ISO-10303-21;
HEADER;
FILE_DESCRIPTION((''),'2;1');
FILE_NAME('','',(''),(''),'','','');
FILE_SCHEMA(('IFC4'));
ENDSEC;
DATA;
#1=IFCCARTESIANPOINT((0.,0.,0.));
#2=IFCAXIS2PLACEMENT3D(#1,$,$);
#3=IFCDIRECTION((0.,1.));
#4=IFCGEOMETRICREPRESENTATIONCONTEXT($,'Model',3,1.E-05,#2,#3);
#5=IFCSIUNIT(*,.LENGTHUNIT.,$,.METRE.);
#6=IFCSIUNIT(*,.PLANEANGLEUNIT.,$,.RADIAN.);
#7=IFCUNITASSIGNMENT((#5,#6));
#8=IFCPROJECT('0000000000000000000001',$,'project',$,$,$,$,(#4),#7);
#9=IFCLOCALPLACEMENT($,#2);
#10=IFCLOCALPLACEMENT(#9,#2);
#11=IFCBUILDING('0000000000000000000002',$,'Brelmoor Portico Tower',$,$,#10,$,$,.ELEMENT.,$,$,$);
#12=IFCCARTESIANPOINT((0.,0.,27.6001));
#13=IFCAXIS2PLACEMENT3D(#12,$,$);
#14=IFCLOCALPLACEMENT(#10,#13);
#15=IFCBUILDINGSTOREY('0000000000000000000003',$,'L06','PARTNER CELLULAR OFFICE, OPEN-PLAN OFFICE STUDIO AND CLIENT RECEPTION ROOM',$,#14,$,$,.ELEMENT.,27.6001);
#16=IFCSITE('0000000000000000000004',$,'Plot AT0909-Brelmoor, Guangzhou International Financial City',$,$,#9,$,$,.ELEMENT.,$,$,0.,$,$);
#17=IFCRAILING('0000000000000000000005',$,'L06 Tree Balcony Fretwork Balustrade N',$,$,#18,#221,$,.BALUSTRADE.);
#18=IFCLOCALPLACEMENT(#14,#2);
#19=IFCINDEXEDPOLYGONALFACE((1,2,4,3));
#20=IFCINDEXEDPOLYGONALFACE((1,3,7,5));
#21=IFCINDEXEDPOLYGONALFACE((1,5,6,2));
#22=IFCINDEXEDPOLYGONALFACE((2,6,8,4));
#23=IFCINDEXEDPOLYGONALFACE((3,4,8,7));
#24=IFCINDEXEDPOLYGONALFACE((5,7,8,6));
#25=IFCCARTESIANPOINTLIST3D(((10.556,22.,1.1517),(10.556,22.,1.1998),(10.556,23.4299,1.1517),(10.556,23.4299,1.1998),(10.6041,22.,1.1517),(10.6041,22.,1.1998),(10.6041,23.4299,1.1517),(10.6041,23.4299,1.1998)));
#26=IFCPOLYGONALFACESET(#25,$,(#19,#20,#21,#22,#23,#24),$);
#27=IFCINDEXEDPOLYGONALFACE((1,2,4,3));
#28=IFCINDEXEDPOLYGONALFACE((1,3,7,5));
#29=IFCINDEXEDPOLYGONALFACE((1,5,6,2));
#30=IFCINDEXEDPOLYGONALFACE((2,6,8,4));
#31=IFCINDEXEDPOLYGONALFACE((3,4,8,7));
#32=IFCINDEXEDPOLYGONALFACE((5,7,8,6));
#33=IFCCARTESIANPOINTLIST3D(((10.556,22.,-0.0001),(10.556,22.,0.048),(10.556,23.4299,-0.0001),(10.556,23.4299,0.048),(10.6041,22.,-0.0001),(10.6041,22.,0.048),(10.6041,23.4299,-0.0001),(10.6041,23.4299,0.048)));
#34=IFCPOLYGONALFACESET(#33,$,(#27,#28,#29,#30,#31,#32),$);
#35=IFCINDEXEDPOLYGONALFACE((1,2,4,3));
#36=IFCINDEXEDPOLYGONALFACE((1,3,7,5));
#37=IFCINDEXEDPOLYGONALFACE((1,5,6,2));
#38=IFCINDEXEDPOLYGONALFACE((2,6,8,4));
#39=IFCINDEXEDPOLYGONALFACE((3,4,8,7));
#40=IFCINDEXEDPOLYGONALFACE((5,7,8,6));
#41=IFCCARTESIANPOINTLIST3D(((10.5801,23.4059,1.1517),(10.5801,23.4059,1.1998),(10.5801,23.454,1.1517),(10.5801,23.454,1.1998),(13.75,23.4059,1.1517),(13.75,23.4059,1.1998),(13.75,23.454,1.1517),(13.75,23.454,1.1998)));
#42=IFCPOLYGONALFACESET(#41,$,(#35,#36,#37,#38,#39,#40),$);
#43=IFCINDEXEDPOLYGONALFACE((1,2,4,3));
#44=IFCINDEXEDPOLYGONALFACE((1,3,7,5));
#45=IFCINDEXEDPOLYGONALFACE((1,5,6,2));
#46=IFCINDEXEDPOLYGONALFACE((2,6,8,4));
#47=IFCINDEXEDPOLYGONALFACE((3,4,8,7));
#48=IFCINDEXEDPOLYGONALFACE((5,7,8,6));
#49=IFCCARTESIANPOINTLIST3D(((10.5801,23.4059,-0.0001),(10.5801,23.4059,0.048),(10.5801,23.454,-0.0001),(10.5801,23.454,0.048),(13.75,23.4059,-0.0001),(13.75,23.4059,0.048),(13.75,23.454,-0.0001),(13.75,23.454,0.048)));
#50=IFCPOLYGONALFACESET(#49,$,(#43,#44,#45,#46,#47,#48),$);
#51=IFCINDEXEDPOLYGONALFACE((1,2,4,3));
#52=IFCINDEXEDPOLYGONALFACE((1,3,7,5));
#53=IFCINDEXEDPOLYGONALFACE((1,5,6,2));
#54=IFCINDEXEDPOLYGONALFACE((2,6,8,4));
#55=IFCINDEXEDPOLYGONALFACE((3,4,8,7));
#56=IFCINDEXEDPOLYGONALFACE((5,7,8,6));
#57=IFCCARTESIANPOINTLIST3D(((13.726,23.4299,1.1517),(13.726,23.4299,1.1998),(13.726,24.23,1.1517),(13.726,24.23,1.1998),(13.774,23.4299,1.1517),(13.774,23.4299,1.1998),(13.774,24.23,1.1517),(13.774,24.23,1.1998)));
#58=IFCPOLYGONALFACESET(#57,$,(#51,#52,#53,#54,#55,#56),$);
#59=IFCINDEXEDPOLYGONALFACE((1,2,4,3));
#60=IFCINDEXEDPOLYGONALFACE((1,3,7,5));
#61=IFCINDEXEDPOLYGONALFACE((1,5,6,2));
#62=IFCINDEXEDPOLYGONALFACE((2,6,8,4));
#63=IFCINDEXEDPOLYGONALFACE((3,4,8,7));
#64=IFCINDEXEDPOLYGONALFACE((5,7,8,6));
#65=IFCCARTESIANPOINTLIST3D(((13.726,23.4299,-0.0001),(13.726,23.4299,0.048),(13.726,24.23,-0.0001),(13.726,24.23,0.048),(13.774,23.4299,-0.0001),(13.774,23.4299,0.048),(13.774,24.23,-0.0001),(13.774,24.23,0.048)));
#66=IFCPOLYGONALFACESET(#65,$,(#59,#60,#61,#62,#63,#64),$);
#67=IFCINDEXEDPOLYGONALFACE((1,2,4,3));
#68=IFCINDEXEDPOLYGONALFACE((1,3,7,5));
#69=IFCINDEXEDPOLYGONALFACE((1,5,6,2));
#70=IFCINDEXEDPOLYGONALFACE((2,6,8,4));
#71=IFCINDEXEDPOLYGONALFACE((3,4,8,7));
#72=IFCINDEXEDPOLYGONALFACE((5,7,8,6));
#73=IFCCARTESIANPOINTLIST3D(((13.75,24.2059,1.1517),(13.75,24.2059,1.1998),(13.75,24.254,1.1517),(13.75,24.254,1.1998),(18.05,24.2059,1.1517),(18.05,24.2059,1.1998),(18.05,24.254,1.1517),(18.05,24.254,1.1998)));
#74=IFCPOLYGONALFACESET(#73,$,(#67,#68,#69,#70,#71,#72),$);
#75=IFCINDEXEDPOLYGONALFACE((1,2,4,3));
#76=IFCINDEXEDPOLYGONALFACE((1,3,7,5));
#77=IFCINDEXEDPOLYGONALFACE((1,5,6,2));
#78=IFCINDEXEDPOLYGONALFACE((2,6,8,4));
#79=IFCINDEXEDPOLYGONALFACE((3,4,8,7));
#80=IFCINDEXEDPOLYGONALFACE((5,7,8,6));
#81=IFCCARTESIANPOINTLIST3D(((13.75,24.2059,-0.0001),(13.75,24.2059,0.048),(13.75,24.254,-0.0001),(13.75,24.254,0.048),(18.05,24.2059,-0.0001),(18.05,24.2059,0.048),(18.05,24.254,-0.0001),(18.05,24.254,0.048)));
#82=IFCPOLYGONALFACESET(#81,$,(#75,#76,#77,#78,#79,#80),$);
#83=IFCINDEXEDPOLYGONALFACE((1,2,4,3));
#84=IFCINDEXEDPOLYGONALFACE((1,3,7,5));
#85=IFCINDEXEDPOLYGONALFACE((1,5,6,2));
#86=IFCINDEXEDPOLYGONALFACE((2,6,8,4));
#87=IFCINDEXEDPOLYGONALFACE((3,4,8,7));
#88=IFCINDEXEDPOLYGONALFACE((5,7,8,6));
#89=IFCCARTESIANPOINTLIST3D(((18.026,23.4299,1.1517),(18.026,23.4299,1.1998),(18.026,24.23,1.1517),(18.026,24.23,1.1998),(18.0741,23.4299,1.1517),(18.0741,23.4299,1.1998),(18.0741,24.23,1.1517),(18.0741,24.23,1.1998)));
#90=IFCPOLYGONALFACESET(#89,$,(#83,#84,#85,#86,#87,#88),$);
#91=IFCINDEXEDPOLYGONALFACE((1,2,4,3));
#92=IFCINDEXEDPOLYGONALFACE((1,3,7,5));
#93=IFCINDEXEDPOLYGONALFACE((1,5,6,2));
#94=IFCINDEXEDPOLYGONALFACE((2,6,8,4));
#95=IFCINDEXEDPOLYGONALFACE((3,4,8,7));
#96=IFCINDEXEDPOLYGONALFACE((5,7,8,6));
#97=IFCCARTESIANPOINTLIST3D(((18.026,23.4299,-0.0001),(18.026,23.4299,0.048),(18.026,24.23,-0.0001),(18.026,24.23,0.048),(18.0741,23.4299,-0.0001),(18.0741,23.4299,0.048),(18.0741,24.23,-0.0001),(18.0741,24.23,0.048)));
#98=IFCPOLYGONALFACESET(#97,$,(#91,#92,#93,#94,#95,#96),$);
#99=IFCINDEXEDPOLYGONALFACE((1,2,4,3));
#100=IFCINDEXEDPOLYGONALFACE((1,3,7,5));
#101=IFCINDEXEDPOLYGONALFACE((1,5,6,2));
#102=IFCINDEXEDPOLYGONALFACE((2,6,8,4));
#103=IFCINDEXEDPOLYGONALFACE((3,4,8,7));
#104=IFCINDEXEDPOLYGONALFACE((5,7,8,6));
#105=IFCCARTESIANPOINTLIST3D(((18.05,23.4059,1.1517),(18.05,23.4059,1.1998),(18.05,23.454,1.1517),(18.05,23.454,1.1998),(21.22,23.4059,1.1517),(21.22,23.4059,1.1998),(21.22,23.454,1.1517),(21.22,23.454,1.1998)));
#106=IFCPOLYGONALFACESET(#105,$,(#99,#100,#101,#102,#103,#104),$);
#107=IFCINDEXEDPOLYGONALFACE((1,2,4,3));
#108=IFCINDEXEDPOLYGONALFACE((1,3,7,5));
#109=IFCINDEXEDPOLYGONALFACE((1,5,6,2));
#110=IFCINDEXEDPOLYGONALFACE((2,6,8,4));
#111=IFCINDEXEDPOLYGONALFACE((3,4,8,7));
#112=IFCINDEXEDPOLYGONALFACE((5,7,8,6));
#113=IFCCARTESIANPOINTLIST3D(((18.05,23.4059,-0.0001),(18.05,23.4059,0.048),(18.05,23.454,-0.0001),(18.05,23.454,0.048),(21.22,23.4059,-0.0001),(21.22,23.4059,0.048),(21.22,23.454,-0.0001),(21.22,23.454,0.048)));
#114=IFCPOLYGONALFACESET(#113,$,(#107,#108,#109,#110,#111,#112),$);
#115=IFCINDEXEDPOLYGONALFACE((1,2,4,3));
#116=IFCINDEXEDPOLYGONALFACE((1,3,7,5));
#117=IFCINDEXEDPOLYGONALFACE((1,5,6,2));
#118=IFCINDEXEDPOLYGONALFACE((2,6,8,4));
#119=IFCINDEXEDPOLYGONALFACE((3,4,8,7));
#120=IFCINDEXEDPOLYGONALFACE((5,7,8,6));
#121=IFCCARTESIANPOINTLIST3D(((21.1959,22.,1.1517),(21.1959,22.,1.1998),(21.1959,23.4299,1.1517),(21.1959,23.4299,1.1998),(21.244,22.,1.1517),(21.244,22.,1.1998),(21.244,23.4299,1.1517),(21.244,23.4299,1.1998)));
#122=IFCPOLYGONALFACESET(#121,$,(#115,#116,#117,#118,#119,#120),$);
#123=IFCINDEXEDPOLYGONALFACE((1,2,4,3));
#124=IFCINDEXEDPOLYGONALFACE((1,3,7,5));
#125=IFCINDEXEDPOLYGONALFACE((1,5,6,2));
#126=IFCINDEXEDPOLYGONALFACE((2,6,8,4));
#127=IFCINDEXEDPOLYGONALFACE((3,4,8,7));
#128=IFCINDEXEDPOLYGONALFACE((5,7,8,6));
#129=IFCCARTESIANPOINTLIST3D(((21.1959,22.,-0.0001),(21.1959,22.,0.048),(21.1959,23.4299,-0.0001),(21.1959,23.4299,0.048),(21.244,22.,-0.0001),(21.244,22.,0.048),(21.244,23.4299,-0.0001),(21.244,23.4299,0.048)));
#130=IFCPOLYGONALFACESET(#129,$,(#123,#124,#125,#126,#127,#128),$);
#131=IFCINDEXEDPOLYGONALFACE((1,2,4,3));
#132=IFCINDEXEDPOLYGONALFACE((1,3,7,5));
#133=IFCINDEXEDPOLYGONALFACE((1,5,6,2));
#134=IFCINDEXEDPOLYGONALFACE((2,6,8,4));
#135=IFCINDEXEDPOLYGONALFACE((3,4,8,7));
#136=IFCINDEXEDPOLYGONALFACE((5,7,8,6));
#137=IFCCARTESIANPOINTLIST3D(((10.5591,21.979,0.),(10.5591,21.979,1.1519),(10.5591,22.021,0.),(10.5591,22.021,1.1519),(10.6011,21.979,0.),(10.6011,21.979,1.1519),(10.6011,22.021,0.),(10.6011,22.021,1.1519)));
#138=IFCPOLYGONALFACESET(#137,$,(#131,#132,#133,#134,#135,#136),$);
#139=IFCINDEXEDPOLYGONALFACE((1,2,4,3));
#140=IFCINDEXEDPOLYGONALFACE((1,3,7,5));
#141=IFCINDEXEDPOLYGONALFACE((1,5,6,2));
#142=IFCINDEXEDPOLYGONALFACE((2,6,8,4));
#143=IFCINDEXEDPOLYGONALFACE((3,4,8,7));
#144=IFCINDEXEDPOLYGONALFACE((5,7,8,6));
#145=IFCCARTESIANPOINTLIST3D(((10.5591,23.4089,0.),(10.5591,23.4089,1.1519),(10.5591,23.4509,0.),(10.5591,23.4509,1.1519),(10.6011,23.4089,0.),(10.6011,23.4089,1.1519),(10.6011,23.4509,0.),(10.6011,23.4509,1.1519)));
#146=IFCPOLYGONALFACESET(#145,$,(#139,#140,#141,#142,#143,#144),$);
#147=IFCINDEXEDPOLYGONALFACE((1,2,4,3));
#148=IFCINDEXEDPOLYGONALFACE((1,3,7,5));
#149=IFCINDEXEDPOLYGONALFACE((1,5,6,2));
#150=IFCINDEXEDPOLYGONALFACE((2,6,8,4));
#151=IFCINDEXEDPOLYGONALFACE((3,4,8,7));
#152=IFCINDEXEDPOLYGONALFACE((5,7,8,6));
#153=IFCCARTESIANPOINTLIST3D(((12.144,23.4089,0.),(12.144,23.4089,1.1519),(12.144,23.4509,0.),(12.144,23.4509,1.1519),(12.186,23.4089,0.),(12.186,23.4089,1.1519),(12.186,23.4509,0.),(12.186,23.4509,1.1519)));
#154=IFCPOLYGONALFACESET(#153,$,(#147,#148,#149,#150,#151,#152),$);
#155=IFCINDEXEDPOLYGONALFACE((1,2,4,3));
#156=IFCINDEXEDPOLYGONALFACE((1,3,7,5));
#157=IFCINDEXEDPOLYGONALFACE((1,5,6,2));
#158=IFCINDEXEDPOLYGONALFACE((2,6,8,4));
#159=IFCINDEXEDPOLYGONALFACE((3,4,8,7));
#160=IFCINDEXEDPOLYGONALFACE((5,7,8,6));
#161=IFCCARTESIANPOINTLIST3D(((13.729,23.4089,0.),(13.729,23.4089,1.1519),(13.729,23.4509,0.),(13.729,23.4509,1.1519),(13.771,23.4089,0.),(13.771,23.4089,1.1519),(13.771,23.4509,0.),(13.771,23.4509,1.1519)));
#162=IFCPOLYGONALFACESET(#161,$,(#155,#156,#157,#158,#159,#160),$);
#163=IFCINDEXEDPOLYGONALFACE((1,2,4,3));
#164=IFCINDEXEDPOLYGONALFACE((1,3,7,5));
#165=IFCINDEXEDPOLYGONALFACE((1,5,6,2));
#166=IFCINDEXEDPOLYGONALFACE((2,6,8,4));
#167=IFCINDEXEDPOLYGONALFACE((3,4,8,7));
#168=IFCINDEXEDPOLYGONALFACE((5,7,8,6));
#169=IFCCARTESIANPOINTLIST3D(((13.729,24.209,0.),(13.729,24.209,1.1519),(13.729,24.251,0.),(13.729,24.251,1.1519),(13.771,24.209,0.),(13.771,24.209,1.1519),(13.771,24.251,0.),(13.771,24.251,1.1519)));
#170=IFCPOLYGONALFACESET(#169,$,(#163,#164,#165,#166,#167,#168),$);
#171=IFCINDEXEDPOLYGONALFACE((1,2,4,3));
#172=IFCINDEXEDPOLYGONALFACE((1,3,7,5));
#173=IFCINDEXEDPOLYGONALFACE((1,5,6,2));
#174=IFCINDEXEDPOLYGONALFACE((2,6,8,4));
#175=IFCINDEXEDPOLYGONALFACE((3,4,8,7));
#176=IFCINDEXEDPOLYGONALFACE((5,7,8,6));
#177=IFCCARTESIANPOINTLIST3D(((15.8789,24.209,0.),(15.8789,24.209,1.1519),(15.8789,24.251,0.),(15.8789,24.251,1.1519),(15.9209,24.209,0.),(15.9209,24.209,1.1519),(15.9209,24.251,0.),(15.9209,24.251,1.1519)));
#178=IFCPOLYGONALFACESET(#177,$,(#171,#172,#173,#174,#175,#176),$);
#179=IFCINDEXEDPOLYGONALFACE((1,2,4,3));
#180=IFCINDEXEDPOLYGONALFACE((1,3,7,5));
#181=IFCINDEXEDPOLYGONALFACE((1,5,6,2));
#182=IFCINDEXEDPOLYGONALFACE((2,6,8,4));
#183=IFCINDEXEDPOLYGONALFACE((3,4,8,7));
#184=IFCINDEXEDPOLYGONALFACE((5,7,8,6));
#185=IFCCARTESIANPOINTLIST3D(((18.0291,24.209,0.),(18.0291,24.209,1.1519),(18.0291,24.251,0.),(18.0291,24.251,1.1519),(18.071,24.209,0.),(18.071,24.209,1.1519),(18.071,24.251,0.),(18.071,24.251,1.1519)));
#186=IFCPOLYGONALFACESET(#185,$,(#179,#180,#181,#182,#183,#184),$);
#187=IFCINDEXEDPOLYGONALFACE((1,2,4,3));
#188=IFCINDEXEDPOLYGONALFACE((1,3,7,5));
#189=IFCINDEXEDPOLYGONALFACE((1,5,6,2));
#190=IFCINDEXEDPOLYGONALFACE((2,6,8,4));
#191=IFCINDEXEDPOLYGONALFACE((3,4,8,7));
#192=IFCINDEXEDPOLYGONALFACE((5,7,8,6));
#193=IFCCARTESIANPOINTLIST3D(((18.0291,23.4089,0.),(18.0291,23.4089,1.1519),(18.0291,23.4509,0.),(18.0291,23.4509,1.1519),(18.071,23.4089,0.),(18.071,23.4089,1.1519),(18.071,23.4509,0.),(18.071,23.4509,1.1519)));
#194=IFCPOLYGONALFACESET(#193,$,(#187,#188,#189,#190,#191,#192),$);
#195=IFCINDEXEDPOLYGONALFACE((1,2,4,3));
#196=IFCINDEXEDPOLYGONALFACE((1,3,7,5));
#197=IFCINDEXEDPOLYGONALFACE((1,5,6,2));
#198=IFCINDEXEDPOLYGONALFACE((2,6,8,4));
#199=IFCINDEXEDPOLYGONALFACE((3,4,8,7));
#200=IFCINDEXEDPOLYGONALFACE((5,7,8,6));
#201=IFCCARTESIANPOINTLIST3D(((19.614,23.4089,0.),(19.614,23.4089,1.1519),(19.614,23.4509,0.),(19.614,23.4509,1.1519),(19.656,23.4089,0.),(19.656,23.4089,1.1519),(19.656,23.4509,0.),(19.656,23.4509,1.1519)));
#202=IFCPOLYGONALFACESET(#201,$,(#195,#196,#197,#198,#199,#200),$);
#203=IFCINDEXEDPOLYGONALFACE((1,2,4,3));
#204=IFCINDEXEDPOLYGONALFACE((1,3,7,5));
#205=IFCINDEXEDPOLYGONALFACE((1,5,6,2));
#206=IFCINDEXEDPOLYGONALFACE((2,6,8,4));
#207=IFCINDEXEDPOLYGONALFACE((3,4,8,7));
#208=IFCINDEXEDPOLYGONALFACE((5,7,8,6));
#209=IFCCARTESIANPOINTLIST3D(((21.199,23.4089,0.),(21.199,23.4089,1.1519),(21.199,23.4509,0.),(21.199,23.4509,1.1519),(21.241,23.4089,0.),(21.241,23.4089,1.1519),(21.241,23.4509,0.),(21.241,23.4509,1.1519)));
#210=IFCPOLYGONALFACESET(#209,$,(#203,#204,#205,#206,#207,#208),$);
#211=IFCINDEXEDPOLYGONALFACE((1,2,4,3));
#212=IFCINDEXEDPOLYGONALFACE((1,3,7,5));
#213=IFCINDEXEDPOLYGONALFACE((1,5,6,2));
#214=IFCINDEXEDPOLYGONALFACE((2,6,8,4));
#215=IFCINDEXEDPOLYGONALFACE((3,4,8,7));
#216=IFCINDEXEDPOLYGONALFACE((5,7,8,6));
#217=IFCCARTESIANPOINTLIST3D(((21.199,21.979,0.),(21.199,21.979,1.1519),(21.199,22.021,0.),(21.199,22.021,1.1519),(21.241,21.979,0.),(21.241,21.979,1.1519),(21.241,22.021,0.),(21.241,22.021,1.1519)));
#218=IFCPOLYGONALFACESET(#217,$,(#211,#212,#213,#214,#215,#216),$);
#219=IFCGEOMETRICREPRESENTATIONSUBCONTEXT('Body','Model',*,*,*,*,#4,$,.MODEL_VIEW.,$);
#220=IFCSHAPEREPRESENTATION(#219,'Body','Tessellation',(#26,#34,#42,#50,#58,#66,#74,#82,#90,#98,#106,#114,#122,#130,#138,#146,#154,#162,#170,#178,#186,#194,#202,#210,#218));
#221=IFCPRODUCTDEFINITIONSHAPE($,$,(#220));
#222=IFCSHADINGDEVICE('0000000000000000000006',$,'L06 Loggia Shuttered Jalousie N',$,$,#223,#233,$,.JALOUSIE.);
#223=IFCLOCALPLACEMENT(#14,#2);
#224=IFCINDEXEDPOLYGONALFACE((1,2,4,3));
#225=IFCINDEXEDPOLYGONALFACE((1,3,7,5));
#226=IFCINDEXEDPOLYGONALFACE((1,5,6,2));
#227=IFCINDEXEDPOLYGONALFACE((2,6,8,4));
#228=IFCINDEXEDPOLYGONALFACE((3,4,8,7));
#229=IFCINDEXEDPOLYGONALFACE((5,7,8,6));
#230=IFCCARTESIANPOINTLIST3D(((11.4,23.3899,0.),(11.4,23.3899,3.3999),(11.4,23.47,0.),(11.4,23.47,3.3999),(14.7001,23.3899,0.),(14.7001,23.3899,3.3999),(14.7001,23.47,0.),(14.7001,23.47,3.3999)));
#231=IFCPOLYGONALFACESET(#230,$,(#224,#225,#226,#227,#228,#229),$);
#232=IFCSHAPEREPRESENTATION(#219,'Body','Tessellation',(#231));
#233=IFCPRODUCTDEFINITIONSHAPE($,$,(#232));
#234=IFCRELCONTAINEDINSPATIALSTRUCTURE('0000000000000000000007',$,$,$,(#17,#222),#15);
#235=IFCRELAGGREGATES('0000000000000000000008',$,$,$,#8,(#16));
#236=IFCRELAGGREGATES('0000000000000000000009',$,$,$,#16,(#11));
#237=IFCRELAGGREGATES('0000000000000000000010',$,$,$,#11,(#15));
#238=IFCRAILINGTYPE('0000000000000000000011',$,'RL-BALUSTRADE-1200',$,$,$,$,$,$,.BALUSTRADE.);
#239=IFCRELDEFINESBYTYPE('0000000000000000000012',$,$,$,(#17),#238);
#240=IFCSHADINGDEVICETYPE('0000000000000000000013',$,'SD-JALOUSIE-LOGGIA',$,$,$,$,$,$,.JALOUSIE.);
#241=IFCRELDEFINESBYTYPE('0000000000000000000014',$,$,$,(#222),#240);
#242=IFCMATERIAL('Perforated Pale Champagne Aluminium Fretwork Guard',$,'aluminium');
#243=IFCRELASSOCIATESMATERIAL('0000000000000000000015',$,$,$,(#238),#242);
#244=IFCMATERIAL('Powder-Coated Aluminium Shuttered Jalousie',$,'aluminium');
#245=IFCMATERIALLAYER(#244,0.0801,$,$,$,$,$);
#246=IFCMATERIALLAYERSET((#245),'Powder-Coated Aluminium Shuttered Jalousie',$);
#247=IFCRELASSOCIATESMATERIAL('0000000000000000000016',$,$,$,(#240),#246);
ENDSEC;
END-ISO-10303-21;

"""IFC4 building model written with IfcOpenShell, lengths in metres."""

from ifc_helpers import new_model, si_unit, direction, frame, origin, origin_2d, place, context, subcontext, project, spatial, rectangle, extrude, material, layer, layer_set, type_object, element, save


model = new_model("IFC4")

# Units and contexts
model_context = context("Model", 3, precision=1e-05, world=origin(), true_north=direction((0.0, 1.0)))
body_context = subcontext(model_context, "Body", "Model", "MODEL_VIEW")
ifc_project = project(units=[si_unit("LENGTHUNIT", "METRE"), si_unit("PLANEANGLEUNIT", "RADIAN")], contexts=[model_context])

# Site, building, storey
site_placement = place(None, origin())
site = spatial("IfcSite", under=ifc_project, at=site_placement, Name="Plot AT0909-Brelmoor, Guangzhou International Financial City", CompositionType="ELEMENT", RefElevation=0.0)
building_placement = place(site_placement, origin())
building = spatial("IfcBuilding", under=site, at=building_placement, Name="Brelmoor Portico Tower", CompositionType="ELEMENT")
storey_placement = place(building_placement, frame((0.0, 0.0, 27.6001)))
storey = spatial("IfcBuildingStorey", under=building, at=storey_placement, Name="L06", Description="PARTNER CELLULAR OFFICE, OPEN-PLAN OFFICE STUDIO AND CLIENT RECEPTION ROOM", CompositionType="ELEMENT", Elevation=27.6001)

# Railing
ifc_material_1 = material(Name="Perforated Pale Champagne Aluminium Fretwork Guard", Category="aluminium")
railing_type = type_object("IfcRailingType", Name="RL-BALUSTRADE-1200", PredefinedType="BALUSTRADE", material=ifc_material_1)
railing_placement = place(storey_placement, frame((10.5801, 22.0, 0.0)))
element("IfcRailing", 1, at=railing_placement, inside=storey, type_object=railing_type, Name="L06 Tree Balcony Fretwork Balustrade N", PredefinedType="BALUSTRADE", context=body_context, shape_type="SweptSolid", body=[
    extrude(rectangle(XDim=0.0481, YDim=0.0481, at=origin_2d()), frame((0.0, 0.0, 1.1758), z_axis=(0.0, 1.0, 0.0), x_axis=(-1.0, 0.0, 0.0)), (0.0, 0.0, 1.0), 1.4299),
    extrude(rectangle(XDim=0.0481, YDim=0.0481, at=origin_2d()), frame((0.0, 0.0, 0.0239), z_axis=(0.0, 1.0, 0.0), x_axis=(-1.0, 0.0, 0.0)), (0.0, 0.0, 1.0), 1.4299),
    extrude(rectangle(XDim=0.0481, YDim=0.0481, at=origin_2d()), frame((0.0, 1.4299, 1.1758), z_axis=(1.0, 0.0, 0.0), x_axis=(0.0, 1.0, 0.0)), (0.0, 0.0, 1.0), 3.1699),
    extrude(rectangle(XDim=0.0481, YDim=0.0481, at=origin_2d()), frame((0.0, 1.4299, 0.0239), z_axis=(1.0, 0.0, 0.0), x_axis=(0.0, 1.0, 0.0)), (0.0, 0.0, 1.0), 3.1699),
    extrude(rectangle(XDim=0.0481, YDim=0.0481, at=origin_2d()), frame((3.1699, 1.4299, 1.1758), z_axis=(0.0, 1.0, 0.0), x_axis=(-1.0, 0.0, 0.0)), (0.0, 0.0, 1.0), 0.8),
    extrude(rectangle(XDim=0.0481, YDim=0.0481, at=origin_2d()), frame((3.1699, 1.4299, 0.0239), z_axis=(0.0, 1.0, 0.0), x_axis=(-1.0, 0.0, 0.0)), (0.0, 0.0, 1.0), 0.8),
    extrude(rectangle(XDim=0.0481, YDim=0.0481, at=origin_2d()), frame((3.1699, 2.23, 1.1758), z_axis=(1.0, 0.0, 0.0), x_axis=(0.0, 1.0, 0.0)), (0.0, 0.0, 1.0), 4.3),
    extrude(rectangle(XDim=0.0481, YDim=0.0481, at=origin_2d()), frame((3.1699, 2.23, 0.0239), z_axis=(1.0, 0.0, 0.0), x_axis=(0.0, 1.0, 0.0)), (0.0, 0.0, 1.0), 4.3),
    extrude(rectangle(XDim=0.0481, YDim=0.0481, at=origin_2d()), frame((7.47, 2.23, 1.1758), z_axis=(0.0, -1.0, 0.0), x_axis=(1.0, 0.0, 0.0)), (0.0, 0.0, 1.0), 0.8),
    extrude(rectangle(XDim=0.0481, YDim=0.0481, at=origin_2d()), frame((7.47, 2.23, 0.0239), z_axis=(0.0, -1.0, 0.0), x_axis=(1.0, 0.0, 0.0)), (0.0, 0.0, 1.0), 0.8),
    extrude(rectangle(XDim=0.0481, YDim=0.0481, at=origin_2d()), frame((7.47, 1.4299, 1.1758), z_axis=(1.0, 0.0, 0.0), x_axis=(0.0, 1.0, 0.0)), (0.0, 0.0, 1.0), 3.1699),
    extrude(rectangle(XDim=0.0481, YDim=0.0481, at=origin_2d()), frame((7.47, 1.4299, 0.0239), z_axis=(1.0, 0.0, 0.0), x_axis=(0.0, 1.0, 0.0)), (0.0, 0.0, 1.0), 3.1699),
    extrude(rectangle(XDim=0.0481, YDim=0.0481, at=origin_2d()), frame((10.6399, 1.4299, 1.1758), z_axis=(0.0, -1.0, 0.0), x_axis=(1.0, 0.0, 0.0)), (0.0, 0.0, 1.0), 1.4299),
    extrude(rectangle(XDim=0.0481, YDim=0.0481, at=origin_2d()), frame((10.6399, 1.4299, 0.0239), z_axis=(0.0, -1.0, 0.0), x_axis=(1.0, 0.0, 0.0)), (0.0, 0.0, 1.0), 1.4299),
    extrude(rectangle(XDim=0.042, YDim=0.042, at=origin_2d()), origin(), (0.0, 0.0, 1.0), 1.1519),
    extrude(rectangle(XDim=0.042, YDim=0.042, at=origin_2d()), frame((0.0, 1.4299, 0.0)), (0.0, 0.0, 1.0), 1.1519),
    extrude(rectangle(XDim=0.042, YDim=0.042, at=origin_2d()), frame((1.585, 1.4299, 0.0)), (0.0, 0.0, 1.0), 1.1519),
    extrude(rectangle(XDim=0.042, YDim=0.042, at=origin_2d()), frame((3.1699, 1.4299, 0.0)), (0.0, 0.0, 1.0), 1.1519),
    extrude(rectangle(XDim=0.042, YDim=0.042, at=origin_2d()), frame((3.1699, 2.23, 0.0)), (0.0, 0.0, 1.0), 1.1519),
    extrude(rectangle(XDim=0.042, YDim=0.042, at=origin_2d()), frame((5.3198, 2.23, 0.0)), (0.0, 0.0, 1.0), 1.1519),
    extrude(rectangle(XDim=0.042, YDim=0.042, at=origin_2d()), frame((7.47, 2.23, 0.0)), (0.0, 0.0, 1.0), 1.1519),
    extrude(rectangle(XDim=0.042, YDim=0.042, at=origin_2d()), frame((7.47, 1.4299, 0.0)), (0.0, 0.0, 1.0), 1.1519),
    extrude(rectangle(XDim=0.042, YDim=0.042, at=origin_2d()), frame((9.0549, 1.4299, 0.0)), (0.0, 0.0, 1.0), 1.1519),
    extrude(rectangle(XDim=0.042, YDim=0.042, at=origin_2d()), frame((10.6399, 1.4299, 0.0)), (0.0, 0.0, 1.0), 1.1519),
    extrude(rectangle(XDim=0.042, YDim=0.042, at=origin_2d()), frame((10.6399, 0.0, 0.0)), (0.0, 0.0, 1.0), 1.1519),
])

# Shading device
ifc_material_2 = material(Name="Powder-Coated Aluminium Shuttered Jalousie", Category="aluminium")
ifc_layer_1 = layer(ifc_material_2, 0.0801)
ifc_layer_set_1 = layer_set([ifc_layer_1], Name="Powder-Coated Aluminium Shuttered Jalousie")
shading_device_type = type_object("IfcShadingDeviceType", Name="SD-JALOUSIE-LOGGIA", PredefinedType="JALOUSIE", material=ifc_layer_set_1)
shading_device_placement = place(storey_placement, frame((13.05, 23.4299, 0.0), z_axis=(0.0, 0.0, 1.0), x_axis=(1.0, 0.0, 0.0)))
element("IfcShadingDevice", 2, at=shading_device_placement, inside=storey, type_object=shading_device_type, Name="L06 Loggia Shuttered Jalousie N", PredefinedType="JALOUSIE", context=body_context, shape_type="SweptSolid", body=[
    extrude(rectangle(XDim=3.3, YDim=0.0801, at=origin_2d()), origin(), (0.0, 0.0, 1.0), 3.3999),
])

save(model, "model.ifc")
